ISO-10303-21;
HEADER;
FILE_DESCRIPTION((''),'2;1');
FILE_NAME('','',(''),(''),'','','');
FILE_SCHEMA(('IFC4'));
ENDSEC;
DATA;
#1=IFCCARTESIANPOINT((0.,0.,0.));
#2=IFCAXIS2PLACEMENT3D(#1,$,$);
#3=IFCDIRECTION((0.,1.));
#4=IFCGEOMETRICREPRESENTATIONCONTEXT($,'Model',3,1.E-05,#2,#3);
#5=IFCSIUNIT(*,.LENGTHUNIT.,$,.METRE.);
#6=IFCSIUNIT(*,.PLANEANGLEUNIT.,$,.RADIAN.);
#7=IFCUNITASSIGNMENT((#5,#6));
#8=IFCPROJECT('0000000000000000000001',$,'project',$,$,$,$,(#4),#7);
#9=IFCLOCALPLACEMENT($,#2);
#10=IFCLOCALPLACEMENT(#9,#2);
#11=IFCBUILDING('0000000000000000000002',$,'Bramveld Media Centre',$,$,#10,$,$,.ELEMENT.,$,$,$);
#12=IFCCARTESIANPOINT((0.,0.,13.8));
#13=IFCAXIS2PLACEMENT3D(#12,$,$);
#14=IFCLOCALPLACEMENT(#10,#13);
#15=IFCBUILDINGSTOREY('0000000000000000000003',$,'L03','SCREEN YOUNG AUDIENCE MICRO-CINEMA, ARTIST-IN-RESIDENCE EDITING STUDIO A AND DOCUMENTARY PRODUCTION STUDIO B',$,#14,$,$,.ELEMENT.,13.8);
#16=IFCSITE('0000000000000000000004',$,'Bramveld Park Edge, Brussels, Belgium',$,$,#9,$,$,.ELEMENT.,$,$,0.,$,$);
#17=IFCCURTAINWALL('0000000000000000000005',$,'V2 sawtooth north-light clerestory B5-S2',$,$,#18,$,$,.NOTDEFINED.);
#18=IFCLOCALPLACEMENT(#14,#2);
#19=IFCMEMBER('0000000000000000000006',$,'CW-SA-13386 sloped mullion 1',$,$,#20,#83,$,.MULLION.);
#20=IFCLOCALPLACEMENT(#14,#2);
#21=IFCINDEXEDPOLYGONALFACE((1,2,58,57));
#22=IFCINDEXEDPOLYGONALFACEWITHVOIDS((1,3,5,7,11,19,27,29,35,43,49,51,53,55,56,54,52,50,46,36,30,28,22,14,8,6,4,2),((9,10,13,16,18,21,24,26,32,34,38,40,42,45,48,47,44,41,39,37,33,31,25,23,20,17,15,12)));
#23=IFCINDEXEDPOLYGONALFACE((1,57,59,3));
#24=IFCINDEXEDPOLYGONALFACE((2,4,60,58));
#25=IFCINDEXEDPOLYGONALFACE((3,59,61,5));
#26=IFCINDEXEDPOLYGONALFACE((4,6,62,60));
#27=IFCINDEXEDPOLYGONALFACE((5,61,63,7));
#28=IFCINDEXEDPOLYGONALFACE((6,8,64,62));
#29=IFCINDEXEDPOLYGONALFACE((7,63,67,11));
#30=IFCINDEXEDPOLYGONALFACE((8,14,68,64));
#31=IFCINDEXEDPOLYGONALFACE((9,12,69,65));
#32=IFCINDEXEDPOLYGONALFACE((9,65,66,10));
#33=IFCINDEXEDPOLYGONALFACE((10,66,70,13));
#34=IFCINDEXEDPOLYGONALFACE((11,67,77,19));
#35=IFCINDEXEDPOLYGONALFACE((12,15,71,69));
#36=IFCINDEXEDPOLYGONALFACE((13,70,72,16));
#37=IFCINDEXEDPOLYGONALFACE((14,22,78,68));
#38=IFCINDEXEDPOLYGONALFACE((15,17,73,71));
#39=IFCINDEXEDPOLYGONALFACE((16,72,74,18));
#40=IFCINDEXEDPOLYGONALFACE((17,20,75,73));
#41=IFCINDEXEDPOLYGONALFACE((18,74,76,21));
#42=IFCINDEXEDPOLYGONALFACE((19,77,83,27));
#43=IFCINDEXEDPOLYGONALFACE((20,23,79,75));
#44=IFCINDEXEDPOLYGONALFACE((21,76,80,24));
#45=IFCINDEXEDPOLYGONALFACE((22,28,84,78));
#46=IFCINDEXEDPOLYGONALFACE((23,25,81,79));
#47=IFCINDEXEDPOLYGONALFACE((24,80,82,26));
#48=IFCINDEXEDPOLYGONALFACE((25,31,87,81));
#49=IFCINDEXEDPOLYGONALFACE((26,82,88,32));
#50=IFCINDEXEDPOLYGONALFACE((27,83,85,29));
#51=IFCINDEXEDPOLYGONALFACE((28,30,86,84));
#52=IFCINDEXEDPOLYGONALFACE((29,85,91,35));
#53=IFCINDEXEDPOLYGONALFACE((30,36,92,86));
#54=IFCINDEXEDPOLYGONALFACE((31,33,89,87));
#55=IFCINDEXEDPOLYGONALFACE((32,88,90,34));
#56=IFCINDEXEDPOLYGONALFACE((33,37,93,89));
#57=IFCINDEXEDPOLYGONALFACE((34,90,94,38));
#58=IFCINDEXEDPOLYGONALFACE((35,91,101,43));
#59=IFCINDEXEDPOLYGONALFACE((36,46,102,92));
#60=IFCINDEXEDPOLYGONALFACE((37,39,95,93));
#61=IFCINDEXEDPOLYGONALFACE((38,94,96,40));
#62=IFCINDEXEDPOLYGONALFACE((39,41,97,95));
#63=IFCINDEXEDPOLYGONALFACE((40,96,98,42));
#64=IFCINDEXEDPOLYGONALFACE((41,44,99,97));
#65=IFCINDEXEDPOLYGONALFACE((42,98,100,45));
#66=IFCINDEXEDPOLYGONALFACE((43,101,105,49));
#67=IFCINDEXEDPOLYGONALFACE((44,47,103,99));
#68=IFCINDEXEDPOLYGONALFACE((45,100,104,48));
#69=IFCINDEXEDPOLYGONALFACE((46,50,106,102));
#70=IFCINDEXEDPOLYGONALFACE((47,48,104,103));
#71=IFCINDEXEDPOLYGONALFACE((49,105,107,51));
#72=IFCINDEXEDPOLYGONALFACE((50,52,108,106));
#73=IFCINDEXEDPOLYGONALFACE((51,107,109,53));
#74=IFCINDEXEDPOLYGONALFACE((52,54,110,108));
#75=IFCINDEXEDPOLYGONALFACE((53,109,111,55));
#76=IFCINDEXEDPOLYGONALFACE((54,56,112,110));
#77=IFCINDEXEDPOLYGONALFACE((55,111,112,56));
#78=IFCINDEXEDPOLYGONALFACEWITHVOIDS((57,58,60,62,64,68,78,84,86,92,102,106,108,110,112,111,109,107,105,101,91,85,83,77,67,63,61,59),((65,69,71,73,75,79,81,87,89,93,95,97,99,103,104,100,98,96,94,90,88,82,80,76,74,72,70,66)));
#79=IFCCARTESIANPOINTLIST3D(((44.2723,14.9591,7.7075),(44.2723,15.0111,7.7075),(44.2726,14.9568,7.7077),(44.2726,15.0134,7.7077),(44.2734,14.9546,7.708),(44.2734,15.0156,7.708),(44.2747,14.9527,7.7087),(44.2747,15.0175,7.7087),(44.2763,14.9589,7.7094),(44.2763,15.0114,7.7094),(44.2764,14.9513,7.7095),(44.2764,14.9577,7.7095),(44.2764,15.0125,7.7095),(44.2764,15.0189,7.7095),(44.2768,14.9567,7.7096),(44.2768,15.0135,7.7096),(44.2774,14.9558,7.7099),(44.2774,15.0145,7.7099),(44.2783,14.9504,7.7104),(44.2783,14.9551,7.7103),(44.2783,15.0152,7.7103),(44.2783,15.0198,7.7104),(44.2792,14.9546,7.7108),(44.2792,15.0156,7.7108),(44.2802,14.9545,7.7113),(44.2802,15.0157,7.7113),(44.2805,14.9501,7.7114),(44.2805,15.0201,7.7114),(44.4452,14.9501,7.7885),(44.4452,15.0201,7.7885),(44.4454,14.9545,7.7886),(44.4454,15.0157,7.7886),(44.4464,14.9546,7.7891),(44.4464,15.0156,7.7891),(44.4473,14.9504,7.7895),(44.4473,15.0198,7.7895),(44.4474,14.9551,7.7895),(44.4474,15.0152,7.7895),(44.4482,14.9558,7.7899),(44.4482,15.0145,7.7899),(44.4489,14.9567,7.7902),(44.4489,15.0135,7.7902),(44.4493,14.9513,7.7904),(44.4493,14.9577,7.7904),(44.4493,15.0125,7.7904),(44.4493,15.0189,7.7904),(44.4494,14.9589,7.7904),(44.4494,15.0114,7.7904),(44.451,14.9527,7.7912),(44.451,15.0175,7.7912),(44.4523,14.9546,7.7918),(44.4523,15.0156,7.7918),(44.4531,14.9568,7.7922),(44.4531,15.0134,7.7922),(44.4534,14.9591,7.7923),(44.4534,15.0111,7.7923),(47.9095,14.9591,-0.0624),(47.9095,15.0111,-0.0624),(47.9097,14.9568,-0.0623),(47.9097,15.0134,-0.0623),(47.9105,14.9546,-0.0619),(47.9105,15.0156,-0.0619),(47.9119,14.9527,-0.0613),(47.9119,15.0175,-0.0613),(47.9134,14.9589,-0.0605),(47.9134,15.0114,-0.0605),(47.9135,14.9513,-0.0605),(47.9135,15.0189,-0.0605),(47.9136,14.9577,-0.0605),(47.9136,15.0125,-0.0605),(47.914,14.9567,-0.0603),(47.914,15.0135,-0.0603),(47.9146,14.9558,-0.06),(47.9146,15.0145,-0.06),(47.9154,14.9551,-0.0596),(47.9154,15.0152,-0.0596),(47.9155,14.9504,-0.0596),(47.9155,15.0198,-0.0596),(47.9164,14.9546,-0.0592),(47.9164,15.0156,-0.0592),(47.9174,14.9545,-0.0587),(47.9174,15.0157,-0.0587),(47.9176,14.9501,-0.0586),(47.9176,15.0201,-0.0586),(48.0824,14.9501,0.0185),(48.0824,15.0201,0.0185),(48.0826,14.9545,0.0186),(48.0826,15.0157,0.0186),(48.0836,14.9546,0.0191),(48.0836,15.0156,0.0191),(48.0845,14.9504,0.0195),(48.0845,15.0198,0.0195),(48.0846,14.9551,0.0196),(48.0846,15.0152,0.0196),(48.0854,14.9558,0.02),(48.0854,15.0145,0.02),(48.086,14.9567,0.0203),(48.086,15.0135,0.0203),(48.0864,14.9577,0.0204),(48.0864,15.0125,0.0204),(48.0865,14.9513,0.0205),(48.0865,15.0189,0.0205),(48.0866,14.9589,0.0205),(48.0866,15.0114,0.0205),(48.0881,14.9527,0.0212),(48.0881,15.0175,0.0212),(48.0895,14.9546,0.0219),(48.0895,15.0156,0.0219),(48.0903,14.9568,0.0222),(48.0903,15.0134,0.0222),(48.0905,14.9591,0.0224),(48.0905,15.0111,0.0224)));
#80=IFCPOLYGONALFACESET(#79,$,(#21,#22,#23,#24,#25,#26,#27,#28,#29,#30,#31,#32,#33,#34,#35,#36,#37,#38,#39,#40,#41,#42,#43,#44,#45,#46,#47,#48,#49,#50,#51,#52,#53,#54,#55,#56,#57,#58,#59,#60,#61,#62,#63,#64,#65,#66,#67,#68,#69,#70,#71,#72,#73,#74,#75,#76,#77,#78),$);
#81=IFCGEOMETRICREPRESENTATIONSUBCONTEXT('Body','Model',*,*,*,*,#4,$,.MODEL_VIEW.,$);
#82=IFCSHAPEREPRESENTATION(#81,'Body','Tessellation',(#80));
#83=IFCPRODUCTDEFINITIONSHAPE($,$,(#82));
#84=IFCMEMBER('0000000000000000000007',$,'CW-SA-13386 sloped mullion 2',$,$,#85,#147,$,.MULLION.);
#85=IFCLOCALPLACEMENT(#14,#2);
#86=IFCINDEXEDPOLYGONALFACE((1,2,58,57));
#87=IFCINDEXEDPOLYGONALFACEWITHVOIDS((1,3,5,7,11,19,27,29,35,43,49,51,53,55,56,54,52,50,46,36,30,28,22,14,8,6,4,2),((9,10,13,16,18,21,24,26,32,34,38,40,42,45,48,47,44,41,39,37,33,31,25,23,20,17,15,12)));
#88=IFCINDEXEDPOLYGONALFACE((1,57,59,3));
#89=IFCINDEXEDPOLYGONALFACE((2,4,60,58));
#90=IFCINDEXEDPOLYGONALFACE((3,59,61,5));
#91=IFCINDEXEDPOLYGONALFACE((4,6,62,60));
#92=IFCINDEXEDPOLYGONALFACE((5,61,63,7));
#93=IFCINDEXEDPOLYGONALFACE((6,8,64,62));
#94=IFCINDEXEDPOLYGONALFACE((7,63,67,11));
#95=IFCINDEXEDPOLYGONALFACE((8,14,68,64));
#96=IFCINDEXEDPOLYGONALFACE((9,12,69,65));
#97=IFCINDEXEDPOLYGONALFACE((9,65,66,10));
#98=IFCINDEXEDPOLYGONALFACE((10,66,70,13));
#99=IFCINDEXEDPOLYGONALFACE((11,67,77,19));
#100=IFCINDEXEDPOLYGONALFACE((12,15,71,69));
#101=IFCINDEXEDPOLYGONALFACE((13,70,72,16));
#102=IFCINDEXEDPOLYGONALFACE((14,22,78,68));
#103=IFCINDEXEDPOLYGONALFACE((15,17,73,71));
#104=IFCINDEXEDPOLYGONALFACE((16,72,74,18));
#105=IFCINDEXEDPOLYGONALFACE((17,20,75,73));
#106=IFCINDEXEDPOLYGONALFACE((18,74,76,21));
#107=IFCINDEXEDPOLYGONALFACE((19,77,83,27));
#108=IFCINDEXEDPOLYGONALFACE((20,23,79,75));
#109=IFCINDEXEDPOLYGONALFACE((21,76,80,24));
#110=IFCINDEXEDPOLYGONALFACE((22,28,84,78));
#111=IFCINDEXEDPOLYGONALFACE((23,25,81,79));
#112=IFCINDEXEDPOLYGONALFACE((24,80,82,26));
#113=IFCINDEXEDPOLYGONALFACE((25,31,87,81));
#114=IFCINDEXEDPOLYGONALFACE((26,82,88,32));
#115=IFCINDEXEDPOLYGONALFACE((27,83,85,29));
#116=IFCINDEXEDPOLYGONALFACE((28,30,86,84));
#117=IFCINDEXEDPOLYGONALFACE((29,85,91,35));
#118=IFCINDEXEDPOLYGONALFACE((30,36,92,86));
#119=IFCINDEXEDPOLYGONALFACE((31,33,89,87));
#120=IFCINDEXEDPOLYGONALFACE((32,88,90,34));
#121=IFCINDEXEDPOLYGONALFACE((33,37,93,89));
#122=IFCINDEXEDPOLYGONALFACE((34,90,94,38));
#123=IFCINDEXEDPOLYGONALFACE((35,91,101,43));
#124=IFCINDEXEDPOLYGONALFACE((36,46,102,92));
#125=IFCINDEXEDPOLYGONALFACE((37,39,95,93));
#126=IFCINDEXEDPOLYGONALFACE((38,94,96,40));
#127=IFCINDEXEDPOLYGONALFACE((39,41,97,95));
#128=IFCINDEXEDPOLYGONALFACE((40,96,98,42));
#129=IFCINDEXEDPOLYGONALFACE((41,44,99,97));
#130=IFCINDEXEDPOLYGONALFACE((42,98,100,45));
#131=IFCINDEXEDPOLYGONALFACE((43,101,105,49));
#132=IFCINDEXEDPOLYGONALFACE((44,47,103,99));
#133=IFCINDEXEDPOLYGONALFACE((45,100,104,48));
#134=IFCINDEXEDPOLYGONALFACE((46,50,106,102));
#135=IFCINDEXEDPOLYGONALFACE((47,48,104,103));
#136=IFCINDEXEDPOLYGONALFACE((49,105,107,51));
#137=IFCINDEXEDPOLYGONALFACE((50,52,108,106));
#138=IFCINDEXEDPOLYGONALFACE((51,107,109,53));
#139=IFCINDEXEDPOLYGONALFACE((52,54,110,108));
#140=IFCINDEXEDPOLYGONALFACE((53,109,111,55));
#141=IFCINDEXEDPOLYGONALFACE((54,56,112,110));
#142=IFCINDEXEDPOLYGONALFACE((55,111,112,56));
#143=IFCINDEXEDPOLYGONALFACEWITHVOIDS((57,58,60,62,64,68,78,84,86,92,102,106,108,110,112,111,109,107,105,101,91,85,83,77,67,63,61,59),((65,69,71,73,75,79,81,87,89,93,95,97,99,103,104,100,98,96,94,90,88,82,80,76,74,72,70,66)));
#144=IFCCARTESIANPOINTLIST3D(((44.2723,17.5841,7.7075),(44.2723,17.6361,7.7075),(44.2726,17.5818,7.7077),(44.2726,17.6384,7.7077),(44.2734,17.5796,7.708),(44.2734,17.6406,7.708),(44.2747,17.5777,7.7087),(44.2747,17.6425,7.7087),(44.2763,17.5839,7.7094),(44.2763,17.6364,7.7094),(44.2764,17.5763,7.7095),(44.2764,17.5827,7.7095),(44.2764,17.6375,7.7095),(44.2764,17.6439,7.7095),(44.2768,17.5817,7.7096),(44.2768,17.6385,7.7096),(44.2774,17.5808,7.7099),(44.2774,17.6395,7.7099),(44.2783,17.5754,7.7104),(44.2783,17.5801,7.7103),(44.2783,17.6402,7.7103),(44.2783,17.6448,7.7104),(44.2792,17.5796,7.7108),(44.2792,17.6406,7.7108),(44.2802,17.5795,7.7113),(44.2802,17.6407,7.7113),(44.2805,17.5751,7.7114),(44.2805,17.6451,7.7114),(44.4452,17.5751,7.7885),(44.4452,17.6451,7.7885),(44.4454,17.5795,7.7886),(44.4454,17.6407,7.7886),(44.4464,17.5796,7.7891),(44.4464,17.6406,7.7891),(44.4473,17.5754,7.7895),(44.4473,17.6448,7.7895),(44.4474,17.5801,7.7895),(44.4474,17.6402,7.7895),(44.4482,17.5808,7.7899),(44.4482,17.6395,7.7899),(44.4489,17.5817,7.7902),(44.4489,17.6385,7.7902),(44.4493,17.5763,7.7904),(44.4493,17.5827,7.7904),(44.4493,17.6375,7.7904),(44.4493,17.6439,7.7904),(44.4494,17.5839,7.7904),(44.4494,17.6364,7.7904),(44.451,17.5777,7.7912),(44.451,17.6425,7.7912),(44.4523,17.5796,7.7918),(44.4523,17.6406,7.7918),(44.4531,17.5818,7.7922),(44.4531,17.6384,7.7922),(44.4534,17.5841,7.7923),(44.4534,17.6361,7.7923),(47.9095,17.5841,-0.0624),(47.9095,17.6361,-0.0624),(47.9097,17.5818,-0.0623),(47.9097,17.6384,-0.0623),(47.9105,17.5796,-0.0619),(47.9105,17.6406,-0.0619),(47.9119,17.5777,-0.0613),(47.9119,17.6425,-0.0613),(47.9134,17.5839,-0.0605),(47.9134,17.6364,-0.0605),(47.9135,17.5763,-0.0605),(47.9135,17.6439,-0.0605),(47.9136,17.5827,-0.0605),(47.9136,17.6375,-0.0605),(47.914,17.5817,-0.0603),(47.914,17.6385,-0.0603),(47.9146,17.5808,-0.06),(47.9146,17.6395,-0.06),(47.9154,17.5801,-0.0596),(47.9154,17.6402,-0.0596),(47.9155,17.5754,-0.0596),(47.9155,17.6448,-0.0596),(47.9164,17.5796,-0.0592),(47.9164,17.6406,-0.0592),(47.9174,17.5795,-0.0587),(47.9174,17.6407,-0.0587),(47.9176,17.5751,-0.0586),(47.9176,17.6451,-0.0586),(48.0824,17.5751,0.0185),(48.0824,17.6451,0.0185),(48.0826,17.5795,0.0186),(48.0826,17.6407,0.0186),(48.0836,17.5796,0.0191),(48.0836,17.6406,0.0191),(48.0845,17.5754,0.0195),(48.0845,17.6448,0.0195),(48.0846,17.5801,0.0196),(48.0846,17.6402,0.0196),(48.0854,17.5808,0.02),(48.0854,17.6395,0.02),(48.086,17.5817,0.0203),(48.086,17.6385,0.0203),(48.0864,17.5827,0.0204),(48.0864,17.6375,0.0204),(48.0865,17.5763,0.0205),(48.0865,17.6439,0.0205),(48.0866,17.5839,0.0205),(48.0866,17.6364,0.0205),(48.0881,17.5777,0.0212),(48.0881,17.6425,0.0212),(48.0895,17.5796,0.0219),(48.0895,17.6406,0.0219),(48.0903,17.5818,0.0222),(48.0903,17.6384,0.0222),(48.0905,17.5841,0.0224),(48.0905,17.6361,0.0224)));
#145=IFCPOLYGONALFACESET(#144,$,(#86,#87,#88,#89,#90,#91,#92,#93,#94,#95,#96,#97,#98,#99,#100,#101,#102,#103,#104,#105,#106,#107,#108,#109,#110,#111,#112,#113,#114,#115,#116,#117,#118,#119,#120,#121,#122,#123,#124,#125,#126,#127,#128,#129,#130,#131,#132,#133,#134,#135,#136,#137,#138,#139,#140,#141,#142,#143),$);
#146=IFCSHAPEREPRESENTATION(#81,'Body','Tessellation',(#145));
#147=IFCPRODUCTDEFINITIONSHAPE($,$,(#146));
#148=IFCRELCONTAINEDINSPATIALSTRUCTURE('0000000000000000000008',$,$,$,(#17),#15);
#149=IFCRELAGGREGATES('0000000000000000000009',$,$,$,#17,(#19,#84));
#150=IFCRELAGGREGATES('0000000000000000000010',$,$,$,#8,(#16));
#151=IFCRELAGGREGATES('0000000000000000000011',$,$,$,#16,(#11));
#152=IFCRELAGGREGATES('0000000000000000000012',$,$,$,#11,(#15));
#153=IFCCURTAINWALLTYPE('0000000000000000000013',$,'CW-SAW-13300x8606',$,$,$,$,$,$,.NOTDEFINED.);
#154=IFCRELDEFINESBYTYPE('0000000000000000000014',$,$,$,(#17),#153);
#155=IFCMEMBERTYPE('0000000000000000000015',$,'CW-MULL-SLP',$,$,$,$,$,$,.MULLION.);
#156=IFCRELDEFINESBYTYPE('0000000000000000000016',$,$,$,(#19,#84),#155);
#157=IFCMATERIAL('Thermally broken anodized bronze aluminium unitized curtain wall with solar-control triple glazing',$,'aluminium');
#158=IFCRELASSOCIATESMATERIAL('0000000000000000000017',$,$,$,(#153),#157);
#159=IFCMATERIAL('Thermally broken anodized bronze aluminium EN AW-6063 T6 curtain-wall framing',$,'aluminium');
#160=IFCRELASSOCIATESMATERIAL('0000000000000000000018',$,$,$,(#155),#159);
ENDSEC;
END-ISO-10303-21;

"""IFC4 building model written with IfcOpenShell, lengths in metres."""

from ifc_helpers import new_model, si_unit, direction, frame, origin, origin_2d, place, context, subcontext, project, spatial, hollow_rectangle, extrude, material, material_profile, profile_set, type_object, element, aggregate, save


model = new_model("IFC4")

# Units and contexts
model_context = context("Model", 3, precision=1e-05, world=origin(), true_north=direction((0.0, 1.0)))
body_context = subcontext(model_context, "Body", "Model", "MODEL_VIEW")
ifc_project = project(units=[si_unit("LENGTHUNIT", "METRE"), si_unit("PLANEANGLEUNIT", "RADIAN")], contexts=[model_context])

# Site, building, storey
site_placement = place(None, origin())
site = spatial("IfcSite", under=ifc_project, at=site_placement, Name="Bramveld Park Edge, Brussels, Belgium", CompositionType="ELEMENT", RefElevation=0.0)
building_placement = place(site_placement, origin())
building = spatial("IfcBuilding", under=site, at=building_placement, Name="Bramveld Media Centre", CompositionType="ELEMENT")
storey_placement = place(building_placement, frame((0.0, 0.0, 13.8)))
storey = spatial("IfcBuildingStorey", under=building, at=storey_placement, Name="L03", Description="SCREEN YOUNG AUDIENCE MICRO-CINEMA, ARTIST-IN-RESIDENCE EDITING STUDIO A AND DOCUMENTARY PRODUCTION STUDIO B", CompositionType="ELEMENT", Elevation=13.8)

# Curtain wall, members
ifc_material_1 = material(Name="Thermally broken anodized bronze aluminium unitized curtain wall with solar-control triple glazing", Category="aluminium")
curtain_wall_type = type_object("IfcCurtainWallType", Name="CW-SAW-13300x8606", PredefinedType="NOTDEFINED", material=ifc_material_1)
ifc_material_2 = material(Name="Thermally broken anodized bronze aluminium EN AW-6063 T6 curtain-wall framing", Category="aluminium")
ifc_material_profile_1 = material_profile(ifc_material_2, hollow_rectangle(XDim=0.0701, YDim=0.2, WallThickness=0.0044, InnerFilletRadius=0.0044, OuterFilletRadius=0.009, at=origin_2d()), Name="AL-MULL 70x200")
ifc_profile_set_1 = profile_set([ifc_material_profile_1], Name="Thermally broken anodized bronze aluminium EN AW-6063 T6 curtain-wall framing")
member_type_1 = type_object("IfcMemberType", Name="CW-MULL-SLP", PredefinedType="MULLION", material=ifc_profile_set_1)
curtain_wall_1_placement = place(storey_placement, origin())
curtain_wall_1 = element("IfcCurtainWall", 1, at=curtain_wall_1_placement, inside=storey, type_object=curtain_wall_type, Name="V2 sawtooth north-light clerestory B5-S2", PredefinedType="NOTDEFINED")
member_1_placement = place(storey_placement, frame((48.0, 14.9851, -0.02), z_axis=(-0.423957, 0.0, 0.905682), x_axis=(0.0, -1.0, 0.0)))
member_1 = element("IfcMember", 2, at=member_1_placement, type_object=member_type_1, Name="CW-SA-13386 sloped mullion 1", PredefinedType="MULLION", context=body_context, shape_type="SweptSolid", body=[
    extrude(hollow_rectangle(XDim=0.0701, YDim=0.2, WallThickness=0.0044, InnerFilletRadius=0.0044, OuterFilletRadius=0.009, at=origin_2d()), origin(), (0.0, 0.0, 1.0), 8.5791),
])
member_2_placement = place(storey_placement, frame((48.0, 17.6101, -0.02), z_axis=(-0.423957, 0.0, 0.905682), x_axis=(0.0, -1.0, 0.0)))
member_2 = element("IfcMember", 3, at=member_2_placement, type_object=member_type_1, Name="CW-SA-13386 sloped mullion 2", PredefinedType="MULLION", context=body_context, shape_type="SweptSolid", body=[
    extrude(hollow_rectangle(XDim=0.0701, YDim=0.2, WallThickness=0.0044, InnerFilletRadius=0.0044, OuterFilletRadius=0.009, at=origin_2d()), origin(), (0.0, 0.0, 1.0), 8.5791),
])

aggregate(curtain_wall_1, [member_1, member_2])

save(model, "model.ifc")
